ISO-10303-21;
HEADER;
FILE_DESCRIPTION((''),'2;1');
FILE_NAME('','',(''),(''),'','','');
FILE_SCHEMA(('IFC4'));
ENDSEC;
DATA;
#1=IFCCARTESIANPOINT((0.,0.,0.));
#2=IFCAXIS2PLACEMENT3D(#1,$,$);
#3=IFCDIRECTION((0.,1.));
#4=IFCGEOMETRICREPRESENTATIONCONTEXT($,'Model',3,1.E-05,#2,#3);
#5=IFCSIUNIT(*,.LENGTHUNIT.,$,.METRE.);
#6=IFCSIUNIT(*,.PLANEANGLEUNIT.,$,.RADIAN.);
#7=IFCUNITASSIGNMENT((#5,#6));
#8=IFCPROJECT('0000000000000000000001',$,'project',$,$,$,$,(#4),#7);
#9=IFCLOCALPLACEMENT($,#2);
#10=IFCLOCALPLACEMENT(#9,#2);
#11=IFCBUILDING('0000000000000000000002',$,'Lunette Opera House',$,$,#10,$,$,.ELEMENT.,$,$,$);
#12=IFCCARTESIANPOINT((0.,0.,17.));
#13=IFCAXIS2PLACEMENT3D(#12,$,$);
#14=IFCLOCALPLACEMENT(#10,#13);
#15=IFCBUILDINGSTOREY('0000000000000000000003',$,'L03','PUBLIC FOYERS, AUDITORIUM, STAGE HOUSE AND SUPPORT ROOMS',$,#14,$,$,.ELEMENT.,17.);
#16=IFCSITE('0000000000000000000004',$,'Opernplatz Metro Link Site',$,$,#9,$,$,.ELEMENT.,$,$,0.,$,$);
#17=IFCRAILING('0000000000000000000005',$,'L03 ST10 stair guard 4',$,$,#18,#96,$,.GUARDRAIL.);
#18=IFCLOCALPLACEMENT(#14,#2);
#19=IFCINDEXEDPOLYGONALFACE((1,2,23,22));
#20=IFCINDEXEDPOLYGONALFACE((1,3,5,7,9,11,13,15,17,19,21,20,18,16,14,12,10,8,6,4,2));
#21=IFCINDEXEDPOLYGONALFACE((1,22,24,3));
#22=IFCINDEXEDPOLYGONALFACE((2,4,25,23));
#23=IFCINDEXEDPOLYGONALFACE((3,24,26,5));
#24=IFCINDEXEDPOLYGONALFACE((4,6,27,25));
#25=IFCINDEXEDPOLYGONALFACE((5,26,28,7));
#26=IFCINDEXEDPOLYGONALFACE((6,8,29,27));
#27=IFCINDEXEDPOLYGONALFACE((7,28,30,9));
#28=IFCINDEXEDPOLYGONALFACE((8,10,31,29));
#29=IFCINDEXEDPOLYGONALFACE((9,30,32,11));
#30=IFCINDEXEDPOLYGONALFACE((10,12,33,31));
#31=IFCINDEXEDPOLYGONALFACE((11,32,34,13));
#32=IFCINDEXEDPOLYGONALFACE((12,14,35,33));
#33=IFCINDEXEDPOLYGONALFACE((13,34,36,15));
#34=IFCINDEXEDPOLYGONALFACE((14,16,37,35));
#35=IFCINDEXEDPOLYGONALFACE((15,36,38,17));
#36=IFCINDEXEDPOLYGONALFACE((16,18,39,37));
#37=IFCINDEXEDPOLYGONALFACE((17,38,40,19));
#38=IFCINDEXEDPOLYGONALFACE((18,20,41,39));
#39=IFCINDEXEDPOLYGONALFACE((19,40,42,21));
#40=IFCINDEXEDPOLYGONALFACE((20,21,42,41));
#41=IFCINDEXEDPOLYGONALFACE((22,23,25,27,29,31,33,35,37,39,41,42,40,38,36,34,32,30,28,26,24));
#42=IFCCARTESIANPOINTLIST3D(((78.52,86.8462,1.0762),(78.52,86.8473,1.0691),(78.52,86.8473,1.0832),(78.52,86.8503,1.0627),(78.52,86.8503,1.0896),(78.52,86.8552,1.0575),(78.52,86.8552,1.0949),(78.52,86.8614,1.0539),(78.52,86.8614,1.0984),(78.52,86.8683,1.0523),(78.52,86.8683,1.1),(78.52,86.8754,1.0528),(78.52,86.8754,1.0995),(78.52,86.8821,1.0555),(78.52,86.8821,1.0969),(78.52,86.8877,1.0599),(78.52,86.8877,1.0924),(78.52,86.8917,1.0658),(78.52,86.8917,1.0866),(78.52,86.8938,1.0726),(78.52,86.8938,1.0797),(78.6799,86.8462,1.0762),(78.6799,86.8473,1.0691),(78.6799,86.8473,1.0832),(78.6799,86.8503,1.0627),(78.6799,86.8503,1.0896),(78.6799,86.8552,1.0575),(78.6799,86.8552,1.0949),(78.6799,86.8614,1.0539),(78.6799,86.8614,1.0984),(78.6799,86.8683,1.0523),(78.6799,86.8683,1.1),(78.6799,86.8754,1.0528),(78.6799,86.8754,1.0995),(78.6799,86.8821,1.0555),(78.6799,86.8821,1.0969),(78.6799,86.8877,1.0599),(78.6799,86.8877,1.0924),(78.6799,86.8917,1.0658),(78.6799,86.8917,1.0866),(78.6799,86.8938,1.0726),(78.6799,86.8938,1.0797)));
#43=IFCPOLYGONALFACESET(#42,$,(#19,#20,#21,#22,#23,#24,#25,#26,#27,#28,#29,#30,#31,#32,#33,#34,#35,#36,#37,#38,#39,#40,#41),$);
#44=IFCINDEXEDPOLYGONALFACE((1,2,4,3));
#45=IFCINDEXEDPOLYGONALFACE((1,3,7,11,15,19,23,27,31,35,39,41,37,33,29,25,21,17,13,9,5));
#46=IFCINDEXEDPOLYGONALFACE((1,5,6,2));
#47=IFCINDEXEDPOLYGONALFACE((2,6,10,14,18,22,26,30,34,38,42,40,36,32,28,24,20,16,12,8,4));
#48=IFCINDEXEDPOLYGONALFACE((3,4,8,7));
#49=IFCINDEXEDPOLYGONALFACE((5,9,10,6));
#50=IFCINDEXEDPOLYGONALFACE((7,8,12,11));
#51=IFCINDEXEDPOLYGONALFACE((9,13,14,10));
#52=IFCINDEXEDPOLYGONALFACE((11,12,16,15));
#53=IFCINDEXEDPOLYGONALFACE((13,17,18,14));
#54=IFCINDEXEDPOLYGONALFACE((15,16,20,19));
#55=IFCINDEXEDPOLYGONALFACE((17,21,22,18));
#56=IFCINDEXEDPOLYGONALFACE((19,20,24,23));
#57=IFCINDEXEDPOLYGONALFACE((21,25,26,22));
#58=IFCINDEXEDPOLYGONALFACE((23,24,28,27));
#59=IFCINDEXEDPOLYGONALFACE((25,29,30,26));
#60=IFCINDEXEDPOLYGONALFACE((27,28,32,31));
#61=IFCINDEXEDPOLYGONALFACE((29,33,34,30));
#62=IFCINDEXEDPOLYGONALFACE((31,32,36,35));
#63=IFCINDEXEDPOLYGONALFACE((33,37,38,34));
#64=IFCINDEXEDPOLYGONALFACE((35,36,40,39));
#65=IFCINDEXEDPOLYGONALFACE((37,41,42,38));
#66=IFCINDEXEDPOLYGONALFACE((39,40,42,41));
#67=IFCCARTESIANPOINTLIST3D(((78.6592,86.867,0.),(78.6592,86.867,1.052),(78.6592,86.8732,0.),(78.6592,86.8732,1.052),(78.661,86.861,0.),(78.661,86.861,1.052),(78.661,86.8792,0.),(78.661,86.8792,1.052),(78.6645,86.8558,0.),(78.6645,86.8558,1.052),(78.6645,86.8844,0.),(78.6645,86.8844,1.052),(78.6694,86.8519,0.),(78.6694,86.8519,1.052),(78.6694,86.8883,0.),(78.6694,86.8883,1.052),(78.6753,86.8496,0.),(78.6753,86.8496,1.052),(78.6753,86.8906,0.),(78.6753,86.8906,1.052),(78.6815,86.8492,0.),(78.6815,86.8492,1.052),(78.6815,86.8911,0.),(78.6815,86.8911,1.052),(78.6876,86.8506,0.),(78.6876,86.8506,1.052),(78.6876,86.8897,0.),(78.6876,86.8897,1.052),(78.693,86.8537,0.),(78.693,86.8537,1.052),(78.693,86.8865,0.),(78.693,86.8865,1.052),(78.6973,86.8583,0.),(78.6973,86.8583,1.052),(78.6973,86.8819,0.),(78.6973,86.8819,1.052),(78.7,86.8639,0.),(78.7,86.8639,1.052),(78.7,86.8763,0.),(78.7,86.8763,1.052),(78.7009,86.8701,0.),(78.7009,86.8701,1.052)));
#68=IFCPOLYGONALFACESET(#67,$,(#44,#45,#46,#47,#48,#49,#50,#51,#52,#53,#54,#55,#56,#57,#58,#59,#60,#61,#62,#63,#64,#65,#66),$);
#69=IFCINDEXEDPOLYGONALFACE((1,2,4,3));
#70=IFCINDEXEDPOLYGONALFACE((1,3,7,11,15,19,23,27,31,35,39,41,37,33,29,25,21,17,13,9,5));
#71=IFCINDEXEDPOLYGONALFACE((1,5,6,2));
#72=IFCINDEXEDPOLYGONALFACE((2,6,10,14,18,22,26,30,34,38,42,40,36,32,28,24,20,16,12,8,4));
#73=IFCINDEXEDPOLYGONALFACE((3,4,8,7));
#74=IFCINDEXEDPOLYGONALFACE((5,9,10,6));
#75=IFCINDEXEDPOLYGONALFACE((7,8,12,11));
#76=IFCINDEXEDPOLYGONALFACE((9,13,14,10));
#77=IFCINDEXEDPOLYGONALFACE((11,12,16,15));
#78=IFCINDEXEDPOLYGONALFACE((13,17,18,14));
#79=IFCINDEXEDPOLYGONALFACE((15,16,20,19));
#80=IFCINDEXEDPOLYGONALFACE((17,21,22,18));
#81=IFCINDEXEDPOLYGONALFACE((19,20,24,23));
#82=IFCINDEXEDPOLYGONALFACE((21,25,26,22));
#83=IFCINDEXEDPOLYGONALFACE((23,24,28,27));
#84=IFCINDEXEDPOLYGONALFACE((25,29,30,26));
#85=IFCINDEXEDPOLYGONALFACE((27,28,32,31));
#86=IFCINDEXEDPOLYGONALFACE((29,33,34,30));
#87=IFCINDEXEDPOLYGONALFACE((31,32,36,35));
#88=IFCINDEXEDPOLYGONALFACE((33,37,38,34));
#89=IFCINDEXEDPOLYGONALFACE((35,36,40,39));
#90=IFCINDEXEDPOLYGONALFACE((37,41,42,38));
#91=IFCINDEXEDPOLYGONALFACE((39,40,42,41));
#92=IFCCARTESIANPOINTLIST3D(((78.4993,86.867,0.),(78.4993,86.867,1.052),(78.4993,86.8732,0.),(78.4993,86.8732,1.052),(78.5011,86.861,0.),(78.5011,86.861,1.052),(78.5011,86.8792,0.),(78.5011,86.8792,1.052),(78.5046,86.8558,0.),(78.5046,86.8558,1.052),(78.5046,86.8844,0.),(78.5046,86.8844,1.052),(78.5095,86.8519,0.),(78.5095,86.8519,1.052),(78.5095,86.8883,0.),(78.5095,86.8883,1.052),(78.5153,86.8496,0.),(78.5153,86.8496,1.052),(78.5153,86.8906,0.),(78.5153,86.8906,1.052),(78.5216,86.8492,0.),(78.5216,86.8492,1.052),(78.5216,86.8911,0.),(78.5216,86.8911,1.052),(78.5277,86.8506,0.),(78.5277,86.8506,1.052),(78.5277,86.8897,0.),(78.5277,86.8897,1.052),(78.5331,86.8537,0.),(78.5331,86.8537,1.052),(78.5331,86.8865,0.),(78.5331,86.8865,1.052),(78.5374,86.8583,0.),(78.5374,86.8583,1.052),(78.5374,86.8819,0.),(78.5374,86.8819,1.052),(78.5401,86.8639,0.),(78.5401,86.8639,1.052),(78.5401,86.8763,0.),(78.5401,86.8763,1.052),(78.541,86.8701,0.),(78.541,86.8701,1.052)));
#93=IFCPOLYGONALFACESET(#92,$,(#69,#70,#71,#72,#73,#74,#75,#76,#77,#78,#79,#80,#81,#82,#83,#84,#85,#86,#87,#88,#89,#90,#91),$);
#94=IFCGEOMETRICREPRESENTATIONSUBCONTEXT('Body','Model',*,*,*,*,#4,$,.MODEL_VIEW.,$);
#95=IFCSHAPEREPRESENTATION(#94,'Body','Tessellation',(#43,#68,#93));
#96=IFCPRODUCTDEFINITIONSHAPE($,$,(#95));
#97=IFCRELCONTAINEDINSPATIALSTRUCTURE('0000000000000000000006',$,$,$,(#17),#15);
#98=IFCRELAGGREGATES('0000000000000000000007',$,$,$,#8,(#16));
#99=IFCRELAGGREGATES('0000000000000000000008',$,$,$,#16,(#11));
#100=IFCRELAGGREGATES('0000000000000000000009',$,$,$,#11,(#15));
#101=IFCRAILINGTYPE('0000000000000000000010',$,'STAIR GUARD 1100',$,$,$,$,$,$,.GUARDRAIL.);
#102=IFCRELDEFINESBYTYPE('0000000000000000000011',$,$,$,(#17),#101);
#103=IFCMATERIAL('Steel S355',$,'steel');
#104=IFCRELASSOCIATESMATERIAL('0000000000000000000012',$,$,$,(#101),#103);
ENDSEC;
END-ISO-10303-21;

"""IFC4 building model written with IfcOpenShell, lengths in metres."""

from ifc_helpers import new_model, si_unit, direction, frame, origin, origin_2d, place, context, subcontext, project, spatial, circle, extrude, material, type_object, element, save


model = new_model("IFC4")

# Units and contexts
model_context = context("Model", 3, precision=1e-05, world=origin(), true_north=direction((0.0, 1.0)))
body_context = subcontext(model_context, "Body", "Model", "MODEL_VIEW")
ifc_project = project(units=[si_unit("LENGTHUNIT", "METRE"), si_unit("PLANEANGLEUNIT", "RADIAN")], contexts=[model_context])

# Site, building, storey
site_placement = place(None, origin())
site = spatial("IfcSite", under=ifc_project, at=site_placement, Name="Opernplatz Metro Link Site", CompositionType="ELEMENT", RefElevation=0.0)
building_placement = place(site_placement, origin())
building = spatial("IfcBuilding", under=site, at=building_placement, Name="Lunette Opera House", CompositionType="ELEMENT")
storey_placement = place(building_placement, frame((0.0, 0.0, 17.0)))
storey = spatial("IfcBuildingStorey", under=building, at=storey_placement, Name="L03", Description="PUBLIC FOYERS, AUDITORIUM, STAGE HOUSE AND SUPPORT ROOMS", CompositionType="ELEMENT", Elevation=17.0)

# Railing
ifc_material_1 = material(Name="Steel S355", Category="steel")
railing_type_1 = type_object("IfcRailingType", Name="STAIR GUARD 1100", PredefinedType="GUARDRAIL", material=ifc_material_1)
railing_1_placement = place(storey_placement, frame((78.6799, 86.8701, 0.0)))
element("IfcRailing", 1, at=railing_1_placement, inside=storey, type_object=railing_type_1, Name="L03 ST10 stair guard 4", PredefinedType="GUARDRAIL", context=body_context, shape_type="SweptSolid", body=[
    extrude(circle(Radius=0.0239, at=origin_2d()), frame((0.0, 0.0, 1.0762), z_axis=(-1.0, 0.0, 0.0), x_axis=(0.0, -1.0, 0.0)), (0.0, 0.0, 1.0), 0.1599),
    extrude(circle(Radius=0.021, at=origin_2d()), origin(), (0.0, 0.0, 1.0), 1.052),
    extrude(circle(Radius=0.021, at=origin_2d()), frame((-0.1599, 0.0, 0.0)), (0.0, 0.0, 1.0), 1.052),
])

save(model, "model.ifc")
